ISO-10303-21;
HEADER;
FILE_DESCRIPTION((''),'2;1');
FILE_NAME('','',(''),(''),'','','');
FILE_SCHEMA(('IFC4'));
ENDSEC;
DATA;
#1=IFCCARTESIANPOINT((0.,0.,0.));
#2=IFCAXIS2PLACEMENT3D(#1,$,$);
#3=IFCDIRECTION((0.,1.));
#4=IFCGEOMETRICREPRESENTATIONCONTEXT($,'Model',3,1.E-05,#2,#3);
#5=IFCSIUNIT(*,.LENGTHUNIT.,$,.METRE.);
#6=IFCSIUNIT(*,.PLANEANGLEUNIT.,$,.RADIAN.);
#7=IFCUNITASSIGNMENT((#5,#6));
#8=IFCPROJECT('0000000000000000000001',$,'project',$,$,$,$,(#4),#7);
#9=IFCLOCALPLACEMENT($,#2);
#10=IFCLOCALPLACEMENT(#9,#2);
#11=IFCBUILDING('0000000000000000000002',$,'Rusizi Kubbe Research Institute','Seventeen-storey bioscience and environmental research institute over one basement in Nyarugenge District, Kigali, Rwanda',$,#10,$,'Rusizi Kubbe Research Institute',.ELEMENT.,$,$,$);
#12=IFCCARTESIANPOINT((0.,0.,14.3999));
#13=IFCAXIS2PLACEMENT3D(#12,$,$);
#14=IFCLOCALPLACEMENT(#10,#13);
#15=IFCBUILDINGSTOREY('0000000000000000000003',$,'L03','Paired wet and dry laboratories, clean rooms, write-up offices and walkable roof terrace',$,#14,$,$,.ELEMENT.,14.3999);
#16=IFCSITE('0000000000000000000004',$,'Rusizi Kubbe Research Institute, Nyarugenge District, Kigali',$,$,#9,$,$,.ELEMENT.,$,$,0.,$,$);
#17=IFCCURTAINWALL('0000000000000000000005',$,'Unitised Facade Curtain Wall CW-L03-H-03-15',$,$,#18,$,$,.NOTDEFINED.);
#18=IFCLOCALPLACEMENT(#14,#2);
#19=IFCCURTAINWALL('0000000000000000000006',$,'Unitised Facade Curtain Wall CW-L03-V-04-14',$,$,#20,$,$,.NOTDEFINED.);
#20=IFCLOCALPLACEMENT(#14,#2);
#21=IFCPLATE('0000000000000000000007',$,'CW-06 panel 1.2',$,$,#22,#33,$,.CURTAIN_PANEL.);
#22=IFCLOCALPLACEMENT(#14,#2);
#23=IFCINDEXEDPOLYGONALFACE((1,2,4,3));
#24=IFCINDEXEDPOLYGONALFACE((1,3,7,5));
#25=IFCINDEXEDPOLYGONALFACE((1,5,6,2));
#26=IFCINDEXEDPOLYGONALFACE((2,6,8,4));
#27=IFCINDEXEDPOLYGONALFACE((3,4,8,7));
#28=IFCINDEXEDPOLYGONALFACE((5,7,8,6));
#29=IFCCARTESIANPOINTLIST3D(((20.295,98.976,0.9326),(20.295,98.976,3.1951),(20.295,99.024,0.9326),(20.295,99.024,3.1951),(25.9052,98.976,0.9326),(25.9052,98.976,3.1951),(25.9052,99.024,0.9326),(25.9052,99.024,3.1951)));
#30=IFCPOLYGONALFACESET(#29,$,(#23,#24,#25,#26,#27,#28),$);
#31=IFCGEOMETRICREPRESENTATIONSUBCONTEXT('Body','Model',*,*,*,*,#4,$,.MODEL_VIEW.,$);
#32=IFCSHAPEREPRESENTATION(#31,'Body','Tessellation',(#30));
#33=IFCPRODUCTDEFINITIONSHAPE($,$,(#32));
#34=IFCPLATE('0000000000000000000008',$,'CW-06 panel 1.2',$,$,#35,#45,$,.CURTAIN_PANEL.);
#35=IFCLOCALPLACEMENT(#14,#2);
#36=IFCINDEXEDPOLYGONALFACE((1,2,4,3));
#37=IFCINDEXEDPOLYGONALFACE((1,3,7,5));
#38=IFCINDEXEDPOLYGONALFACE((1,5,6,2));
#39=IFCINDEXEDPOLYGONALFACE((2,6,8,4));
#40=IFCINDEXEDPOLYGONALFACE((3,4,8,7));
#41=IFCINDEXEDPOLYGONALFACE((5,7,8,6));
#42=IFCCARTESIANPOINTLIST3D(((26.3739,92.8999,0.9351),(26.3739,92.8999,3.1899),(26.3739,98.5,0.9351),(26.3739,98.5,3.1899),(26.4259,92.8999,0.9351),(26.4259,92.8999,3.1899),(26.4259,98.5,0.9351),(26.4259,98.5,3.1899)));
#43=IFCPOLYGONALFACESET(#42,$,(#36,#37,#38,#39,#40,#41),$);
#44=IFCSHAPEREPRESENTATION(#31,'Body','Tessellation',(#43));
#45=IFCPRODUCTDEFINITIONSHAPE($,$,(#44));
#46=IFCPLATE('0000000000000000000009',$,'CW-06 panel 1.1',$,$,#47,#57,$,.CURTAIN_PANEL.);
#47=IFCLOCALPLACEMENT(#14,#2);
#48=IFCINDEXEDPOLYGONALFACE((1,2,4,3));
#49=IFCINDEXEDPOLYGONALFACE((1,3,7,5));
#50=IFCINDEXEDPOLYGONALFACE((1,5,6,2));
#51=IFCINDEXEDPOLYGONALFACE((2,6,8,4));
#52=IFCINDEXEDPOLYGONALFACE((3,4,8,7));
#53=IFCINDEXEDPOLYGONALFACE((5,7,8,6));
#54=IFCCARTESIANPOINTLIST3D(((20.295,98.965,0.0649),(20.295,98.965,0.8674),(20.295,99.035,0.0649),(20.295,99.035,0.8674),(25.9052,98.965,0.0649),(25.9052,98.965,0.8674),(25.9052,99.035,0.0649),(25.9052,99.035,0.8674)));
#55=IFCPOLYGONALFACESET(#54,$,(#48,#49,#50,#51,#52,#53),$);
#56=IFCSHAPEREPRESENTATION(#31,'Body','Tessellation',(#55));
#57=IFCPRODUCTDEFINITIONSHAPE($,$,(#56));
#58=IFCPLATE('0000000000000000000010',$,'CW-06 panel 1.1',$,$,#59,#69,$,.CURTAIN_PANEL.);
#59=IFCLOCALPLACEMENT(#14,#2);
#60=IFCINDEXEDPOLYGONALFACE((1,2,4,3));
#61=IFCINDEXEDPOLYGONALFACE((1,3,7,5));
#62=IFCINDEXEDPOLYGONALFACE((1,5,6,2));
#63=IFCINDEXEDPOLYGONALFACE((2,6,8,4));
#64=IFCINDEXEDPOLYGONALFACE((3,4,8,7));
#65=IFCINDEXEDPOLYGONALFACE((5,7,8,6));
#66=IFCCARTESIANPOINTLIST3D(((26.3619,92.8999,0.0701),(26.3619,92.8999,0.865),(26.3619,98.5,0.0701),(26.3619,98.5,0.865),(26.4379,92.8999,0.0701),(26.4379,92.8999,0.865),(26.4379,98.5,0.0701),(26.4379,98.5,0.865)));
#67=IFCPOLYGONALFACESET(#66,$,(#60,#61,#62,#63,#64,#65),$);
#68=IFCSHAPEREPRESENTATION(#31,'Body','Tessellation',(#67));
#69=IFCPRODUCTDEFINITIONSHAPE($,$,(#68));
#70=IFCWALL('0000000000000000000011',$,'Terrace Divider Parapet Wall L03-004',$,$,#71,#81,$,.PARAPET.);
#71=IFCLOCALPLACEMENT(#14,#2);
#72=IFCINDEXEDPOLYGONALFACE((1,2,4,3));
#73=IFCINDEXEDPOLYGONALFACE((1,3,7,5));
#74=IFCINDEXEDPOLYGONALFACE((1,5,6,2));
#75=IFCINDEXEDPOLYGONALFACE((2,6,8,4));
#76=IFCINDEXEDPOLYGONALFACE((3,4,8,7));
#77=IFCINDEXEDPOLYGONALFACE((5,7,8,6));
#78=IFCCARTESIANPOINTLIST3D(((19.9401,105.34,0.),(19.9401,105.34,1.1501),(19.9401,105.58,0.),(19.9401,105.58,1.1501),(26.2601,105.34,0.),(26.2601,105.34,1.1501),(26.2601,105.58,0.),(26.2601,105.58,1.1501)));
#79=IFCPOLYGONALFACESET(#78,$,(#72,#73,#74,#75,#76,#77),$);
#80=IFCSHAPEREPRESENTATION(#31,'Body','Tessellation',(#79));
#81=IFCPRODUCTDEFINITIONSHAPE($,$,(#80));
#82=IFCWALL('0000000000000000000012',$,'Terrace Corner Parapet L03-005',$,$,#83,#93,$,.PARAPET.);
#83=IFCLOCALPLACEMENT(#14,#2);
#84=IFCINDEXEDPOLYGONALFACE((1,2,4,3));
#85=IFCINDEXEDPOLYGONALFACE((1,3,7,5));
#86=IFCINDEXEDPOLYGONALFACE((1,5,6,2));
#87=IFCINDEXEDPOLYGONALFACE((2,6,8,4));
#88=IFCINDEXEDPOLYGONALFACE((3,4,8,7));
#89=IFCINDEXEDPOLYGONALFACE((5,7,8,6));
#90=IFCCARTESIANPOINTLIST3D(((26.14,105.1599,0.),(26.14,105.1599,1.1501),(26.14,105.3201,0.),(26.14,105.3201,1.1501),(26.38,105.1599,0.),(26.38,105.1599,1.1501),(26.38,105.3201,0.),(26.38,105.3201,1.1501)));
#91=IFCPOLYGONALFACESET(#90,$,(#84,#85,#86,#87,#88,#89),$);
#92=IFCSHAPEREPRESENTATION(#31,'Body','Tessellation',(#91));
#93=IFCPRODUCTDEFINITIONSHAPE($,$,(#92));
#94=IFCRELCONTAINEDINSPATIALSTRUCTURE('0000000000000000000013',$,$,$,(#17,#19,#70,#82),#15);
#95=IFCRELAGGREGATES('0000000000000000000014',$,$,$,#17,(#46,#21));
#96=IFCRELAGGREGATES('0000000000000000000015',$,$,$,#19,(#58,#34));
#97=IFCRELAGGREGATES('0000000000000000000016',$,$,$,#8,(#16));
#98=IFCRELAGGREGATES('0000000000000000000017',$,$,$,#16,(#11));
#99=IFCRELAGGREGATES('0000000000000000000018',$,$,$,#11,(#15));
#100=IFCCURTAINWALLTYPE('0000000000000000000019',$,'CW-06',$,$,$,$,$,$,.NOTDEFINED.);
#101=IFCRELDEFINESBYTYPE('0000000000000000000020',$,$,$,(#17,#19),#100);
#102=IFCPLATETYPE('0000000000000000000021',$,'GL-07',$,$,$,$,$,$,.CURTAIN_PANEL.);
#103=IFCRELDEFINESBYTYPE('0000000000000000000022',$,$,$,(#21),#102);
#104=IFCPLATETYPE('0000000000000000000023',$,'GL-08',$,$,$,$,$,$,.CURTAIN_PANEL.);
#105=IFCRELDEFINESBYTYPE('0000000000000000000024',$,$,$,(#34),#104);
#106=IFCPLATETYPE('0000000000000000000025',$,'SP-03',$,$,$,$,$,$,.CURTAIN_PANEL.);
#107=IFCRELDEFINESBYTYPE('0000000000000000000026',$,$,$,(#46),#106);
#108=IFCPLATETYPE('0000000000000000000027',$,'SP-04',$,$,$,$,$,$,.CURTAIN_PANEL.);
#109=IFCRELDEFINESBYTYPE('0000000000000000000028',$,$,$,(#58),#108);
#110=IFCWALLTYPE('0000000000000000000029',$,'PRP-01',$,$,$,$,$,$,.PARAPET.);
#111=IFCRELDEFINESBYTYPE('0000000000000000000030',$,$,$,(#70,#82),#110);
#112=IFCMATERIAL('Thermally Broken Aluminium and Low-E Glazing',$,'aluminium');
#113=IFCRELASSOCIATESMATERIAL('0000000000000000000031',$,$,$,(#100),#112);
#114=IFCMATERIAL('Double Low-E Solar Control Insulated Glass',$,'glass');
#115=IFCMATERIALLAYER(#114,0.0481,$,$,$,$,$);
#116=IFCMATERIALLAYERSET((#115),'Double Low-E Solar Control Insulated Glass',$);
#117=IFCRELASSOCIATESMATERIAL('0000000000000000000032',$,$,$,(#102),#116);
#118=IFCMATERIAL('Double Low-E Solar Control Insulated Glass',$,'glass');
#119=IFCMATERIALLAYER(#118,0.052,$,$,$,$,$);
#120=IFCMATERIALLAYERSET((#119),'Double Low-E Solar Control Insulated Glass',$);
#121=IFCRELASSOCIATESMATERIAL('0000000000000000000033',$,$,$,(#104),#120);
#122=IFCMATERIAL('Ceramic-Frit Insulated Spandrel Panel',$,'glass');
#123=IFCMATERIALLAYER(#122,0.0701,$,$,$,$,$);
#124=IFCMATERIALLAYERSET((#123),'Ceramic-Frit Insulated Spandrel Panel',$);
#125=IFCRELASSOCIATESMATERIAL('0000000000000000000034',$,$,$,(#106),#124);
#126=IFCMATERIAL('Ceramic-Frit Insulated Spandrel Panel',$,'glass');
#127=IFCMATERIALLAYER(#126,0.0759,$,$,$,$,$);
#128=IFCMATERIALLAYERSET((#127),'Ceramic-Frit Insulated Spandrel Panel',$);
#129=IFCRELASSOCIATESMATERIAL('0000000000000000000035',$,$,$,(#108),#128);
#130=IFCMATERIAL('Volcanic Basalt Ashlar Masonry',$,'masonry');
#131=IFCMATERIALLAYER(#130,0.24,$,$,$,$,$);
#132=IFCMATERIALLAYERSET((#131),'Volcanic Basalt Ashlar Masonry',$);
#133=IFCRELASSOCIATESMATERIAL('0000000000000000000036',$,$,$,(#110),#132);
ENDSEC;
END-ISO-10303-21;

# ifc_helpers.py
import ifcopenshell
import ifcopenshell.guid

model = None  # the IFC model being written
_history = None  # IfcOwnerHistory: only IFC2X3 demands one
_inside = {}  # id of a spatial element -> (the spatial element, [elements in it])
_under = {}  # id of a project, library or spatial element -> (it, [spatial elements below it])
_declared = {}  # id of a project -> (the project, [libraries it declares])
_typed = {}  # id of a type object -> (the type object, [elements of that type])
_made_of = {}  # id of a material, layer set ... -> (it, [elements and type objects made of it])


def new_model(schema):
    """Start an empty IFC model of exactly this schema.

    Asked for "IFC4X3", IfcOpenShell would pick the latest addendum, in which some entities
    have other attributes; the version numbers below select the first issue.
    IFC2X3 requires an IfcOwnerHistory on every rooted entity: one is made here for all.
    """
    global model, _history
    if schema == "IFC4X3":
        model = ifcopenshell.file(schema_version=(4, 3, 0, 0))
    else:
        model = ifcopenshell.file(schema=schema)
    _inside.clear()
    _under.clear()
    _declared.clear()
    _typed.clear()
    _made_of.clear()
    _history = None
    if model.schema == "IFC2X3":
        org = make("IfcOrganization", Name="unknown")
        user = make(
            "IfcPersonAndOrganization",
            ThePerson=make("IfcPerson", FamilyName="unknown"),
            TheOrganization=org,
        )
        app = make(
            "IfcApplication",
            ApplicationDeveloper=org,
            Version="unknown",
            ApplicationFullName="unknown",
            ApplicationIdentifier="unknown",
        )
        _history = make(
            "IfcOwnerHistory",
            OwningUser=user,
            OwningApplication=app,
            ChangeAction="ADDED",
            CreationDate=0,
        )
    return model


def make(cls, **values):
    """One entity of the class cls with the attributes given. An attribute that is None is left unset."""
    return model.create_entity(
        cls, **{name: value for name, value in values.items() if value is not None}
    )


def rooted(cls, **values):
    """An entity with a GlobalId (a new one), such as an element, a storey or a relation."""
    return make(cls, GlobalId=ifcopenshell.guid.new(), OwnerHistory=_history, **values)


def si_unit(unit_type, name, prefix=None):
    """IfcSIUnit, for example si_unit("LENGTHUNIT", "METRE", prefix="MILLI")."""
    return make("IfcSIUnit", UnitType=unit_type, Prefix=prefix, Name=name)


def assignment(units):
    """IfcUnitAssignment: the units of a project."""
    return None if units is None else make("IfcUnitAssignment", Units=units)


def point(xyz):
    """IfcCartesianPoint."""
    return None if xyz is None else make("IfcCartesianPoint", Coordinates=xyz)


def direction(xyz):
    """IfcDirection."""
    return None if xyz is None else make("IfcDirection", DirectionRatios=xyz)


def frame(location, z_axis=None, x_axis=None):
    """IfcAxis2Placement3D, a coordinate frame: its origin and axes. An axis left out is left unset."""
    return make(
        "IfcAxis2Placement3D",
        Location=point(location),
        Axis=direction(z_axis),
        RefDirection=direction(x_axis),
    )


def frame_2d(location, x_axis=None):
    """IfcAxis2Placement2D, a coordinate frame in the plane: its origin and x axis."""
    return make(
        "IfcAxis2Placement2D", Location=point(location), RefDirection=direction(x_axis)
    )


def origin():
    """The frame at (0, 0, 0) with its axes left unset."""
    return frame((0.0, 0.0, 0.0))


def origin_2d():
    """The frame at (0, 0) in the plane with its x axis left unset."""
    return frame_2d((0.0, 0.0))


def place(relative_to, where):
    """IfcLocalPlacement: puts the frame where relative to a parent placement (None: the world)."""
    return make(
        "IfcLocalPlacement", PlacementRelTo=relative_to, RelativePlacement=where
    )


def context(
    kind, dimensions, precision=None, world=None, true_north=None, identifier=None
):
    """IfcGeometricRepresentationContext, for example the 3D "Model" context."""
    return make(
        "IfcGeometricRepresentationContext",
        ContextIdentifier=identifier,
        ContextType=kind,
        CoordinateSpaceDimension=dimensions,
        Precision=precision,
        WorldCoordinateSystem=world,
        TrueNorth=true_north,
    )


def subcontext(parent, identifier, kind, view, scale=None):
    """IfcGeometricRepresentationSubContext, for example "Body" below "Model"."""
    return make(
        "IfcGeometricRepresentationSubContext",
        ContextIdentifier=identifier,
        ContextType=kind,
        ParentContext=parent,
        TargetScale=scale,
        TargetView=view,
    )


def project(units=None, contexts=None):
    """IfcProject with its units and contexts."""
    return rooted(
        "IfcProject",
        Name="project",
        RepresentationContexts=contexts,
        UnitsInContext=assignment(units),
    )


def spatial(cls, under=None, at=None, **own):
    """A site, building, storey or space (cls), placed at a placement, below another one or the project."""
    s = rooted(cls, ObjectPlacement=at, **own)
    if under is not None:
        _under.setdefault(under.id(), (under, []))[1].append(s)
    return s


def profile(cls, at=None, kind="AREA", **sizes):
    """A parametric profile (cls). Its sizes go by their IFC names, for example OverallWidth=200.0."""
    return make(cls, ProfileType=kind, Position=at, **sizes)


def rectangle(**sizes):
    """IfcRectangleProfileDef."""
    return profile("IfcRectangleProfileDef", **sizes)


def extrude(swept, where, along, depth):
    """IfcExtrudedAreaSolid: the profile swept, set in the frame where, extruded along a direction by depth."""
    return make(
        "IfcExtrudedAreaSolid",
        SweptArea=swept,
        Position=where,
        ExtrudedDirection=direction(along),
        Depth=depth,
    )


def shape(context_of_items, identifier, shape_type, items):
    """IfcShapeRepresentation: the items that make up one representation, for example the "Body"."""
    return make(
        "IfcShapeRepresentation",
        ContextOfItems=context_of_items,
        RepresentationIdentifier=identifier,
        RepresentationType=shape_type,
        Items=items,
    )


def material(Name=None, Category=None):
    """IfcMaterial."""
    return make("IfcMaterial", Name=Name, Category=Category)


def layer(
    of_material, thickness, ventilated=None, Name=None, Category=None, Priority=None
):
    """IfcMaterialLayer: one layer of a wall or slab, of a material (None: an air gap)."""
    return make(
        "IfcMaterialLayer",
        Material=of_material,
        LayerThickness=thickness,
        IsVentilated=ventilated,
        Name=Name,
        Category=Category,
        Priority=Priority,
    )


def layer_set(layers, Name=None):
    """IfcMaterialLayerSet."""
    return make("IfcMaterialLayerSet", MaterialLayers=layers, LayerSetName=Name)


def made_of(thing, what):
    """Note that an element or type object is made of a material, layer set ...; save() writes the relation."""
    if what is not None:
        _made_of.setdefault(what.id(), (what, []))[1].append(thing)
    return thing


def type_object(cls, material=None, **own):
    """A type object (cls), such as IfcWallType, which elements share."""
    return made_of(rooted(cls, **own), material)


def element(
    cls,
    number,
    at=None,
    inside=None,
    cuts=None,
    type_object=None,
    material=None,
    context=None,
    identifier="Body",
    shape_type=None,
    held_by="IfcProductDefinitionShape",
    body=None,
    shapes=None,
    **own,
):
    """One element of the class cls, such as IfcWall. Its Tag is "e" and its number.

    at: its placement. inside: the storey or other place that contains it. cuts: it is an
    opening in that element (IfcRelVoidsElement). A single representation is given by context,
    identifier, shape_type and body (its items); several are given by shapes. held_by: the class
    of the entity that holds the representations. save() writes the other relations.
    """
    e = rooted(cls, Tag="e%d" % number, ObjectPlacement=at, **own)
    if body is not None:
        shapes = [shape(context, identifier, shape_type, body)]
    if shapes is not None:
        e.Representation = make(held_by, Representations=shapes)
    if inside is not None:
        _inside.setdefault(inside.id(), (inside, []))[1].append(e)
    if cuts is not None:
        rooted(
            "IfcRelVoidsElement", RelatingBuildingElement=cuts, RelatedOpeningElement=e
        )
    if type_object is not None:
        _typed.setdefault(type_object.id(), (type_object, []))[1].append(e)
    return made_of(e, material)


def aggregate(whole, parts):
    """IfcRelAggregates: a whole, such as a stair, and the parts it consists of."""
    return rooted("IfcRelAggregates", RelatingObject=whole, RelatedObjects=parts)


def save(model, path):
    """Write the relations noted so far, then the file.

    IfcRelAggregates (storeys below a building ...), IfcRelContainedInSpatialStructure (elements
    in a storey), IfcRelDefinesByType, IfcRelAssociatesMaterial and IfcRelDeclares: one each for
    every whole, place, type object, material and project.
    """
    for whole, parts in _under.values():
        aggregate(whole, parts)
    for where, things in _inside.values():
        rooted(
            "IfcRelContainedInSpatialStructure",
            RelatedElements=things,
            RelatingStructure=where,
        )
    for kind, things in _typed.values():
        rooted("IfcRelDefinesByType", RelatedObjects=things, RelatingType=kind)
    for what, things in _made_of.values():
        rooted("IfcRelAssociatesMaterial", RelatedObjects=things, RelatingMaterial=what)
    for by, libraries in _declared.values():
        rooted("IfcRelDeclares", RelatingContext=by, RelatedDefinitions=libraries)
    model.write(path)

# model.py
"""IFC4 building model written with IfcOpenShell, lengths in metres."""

from ifc_helpers import new_model, si_unit, direction, frame, frame_2d, origin, origin_2d, place, context, subcontext, project, spatial, rectangle, extrude, material, layer, layer_set, type_object, element, aggregate, save


model = new_model("IFC4")

# Units and contexts
model_context = context("Model", 3, precision=1e-05, world=origin(), true_north=direction((0.0, 1.0)))
body_context = subcontext(model_context, "Body", "Model", "MODEL_VIEW")
ifc_project = project(units=[si_unit("LENGTHUNIT", "METRE"), si_unit("PLANEANGLEUNIT", "RADIAN")], contexts=[model_context])

# Site, building, storey
site_placement = place(None, origin())
site = spatial("IfcSite", under=ifc_project, at=site_placement, Name="Rusizi Kubbe Research Institute, Nyarugenge District, Kigali", CompositionType="ELEMENT", RefElevation=0.0)
building_placement = place(site_placement, origin())
building = spatial("IfcBuilding", under=site, at=building_placement, Name="Rusizi Kubbe Research Institute", Description="Seventeen-storey bioscience and environmental research institute over one basement in Nyarugenge District, Kigali, Rwanda", LongName="Rusizi Kubbe Research Institute", CompositionType="ELEMENT")
storey_placement = place(building_placement, frame((0.0, 0.0, 14.3999)))
storey = spatial("IfcBuildingStorey", under=building, at=storey_placement, Name="L03", Description="Paired wet and dry laboratories, clean rooms, write-up offices and walkable roof terrace", CompositionType="ELEMENT", Elevation=14.3999)

# Curtain wall
ifc_material_1 = material(Name="Thermally Broken Aluminium and Low-E Glazing", Category="aluminium")
curtain_wall_type = type_object("IfcCurtainWallType", Name="CW-06", PredefinedType="NOTDEFINED", material=ifc_material_1)
curtain_wall_1_placement = place(storey_placement, origin())
curtain_wall_1 = element("IfcCurtainWall", 1, at=curtain_wall_1_placement, inside=storey, type_object=curtain_wall_type, Name="Unitised Facade Curtain Wall CW-L03-H-03-15", PredefinedType="NOTDEFINED")

# Curtain wall
curtain_wall_2_placement = place(storey_placement, origin())
curtain_wall_2 = element("IfcCurtainWall", 2, at=curtain_wall_2_placement, inside=storey, type_object=curtain_wall_type, Name="Unitised Facade Curtain Wall CW-L03-V-04-14", PredefinedType="NOTDEFINED")

# Plates
ifc_material_2 = material(Name="Double Low-E Solar Control Insulated Glass", Category="glass")
ifc_layer_1 = layer(ifc_material_2, 0.0481)
ifc_layer_set_1 = layer_set([ifc_layer_1], Name="Double Low-E Solar Control Insulated Glass")
plate_type_1 = type_object("IfcPlateType", Name="GL-07", PredefinedType="CURTAIN_PANEL", material=ifc_layer_set_1)
plate_1_placement = place(storey_placement, frame((23.1001, 99.0, 0.9326), z_axis=(0.0, 0.0, 1.0), x_axis=(1.0, 0.0, 0.0)))
plate_1 = element("IfcPlate", 3, at=plate_1_placement, type_object=plate_type_1, Name="CW-06 panel 1.2", PredefinedType="CURTAIN_PANEL", context=body_context, shape_type="SweptSolid", body=[
    extrude(rectangle(XDim=5.6101, YDim=0.0481, at=origin_2d()), origin(), (0.0, 0.0, 1.0), 2.2625),
])
ifc_material_3 = material(Name="Double Low-E Solar Control Insulated Glass", Category="glass")
ifc_layer_2 = layer(ifc_material_3, 0.052)
ifc_layer_set_2 = layer_set([ifc_layer_2], Name="Double Low-E Solar Control Insulated Glass")
plate_type_2 = type_object("IfcPlateType", Name="GL-08", PredefinedType="CURTAIN_PANEL", material=ifc_layer_set_2)
plate_2_placement = place(storey_placement, frame((26.3999, 95.7, 0.9351), z_axis=(0.0, 0.0, 1.0), x_axis=(0.0, 1.0, 0.0)))
plate_2 = element("IfcPlate", 4, at=plate_2_placement, type_object=plate_type_2, Name="CW-06 panel 1.2", PredefinedType="CURTAIN_PANEL", context=body_context, shape_type="SweptSolid", body=[
    extrude(rectangle(XDim=5.6001, YDim=0.052, at=origin_2d()), origin(), (0.0, 0.0, 1.0), 2.2549),
])
ifc_material_4 = material(Name="Ceramic-Frit Insulated Spandrel Panel", Category="glass")
ifc_layer_3 = layer(ifc_material_4, 0.0701)
ifc_layer_set_3 = layer_set([ifc_layer_3], Name="Ceramic-Frit Insulated Spandrel Panel")
plate_type_3 = type_object("IfcPlateType", Name="SP-03", PredefinedType="CURTAIN_PANEL", material=ifc_layer_set_3)
plate_3_placement = place(storey_placement, frame((23.1001, 99.0, 0.0649), z_axis=(0.0, 0.0, 1.0), x_axis=(1.0, 0.0, 0.0)))
plate_3 = element("IfcPlate", 5, at=plate_3_placement, type_object=plate_type_3, Name="CW-06 panel 1.1", PredefinedType="CURTAIN_PANEL", context=body_context, shape_type="SweptSolid", body=[
    extrude(rectangle(XDim=5.6101, YDim=0.0701, at=origin_2d()), origin(), (0.0, 0.0, 1.0), 0.8025),
])
aggregate(curtain_wall_1, [plate_3, plate_1])
ifc_material_5 = material(Name="Ceramic-Frit Insulated Spandrel Panel", Category="glass")
ifc_layer_4 = layer(ifc_material_5, 0.0759)
ifc_layer_set_4 = layer_set([ifc_layer_4], Name="Ceramic-Frit Insulated Spandrel Panel")
plate_type_4 = type_object("IfcPlateType", Name="SP-04", PredefinedType="CURTAIN_PANEL", material=ifc_layer_set_4)
plate_4_placement = place(storey_placement, frame((26.3999, 95.7, 0.0701), z_axis=(0.0, 0.0, 1.0), x_axis=(0.0, 1.0, 0.0)))
plate_4 = element("IfcPlate", 6, at=plate_4_placement, type_object=plate_type_4, Name="CW-06 panel 1.1", PredefinedType="CURTAIN_PANEL", context=body_context, shape_type="SweptSolid", body=[
    extrude(rectangle(XDim=5.6001, YDim=0.0759, at=origin_2d()), origin(), (0.0, 0.0, 1.0), 0.7949),
])
aggregate(curtain_wall_2, [plate_4, plate_2])

# Walls
ifc_material_6 = material(Name="Volcanic Basalt Ashlar Masonry", Category="masonry")
ifc_layer_5 = layer(ifc_material_6, 0.24)
ifc_layer_set_5 = layer_set([ifc_layer_5], Name="Volcanic Basalt Ashlar Masonry")
wall_type = type_object("IfcWallType", Name="PRP-01", PredefinedType="PARAPET", material=ifc_layer_set_5)
wall_1_placement = place(storey_placement, frame((19.9399, 105.46, 0.0), z_axis=(0.0, 0.0, 1.0), x_axis=(1.0, 0.0, 0.0)))
element("IfcWall", 7, at=wall_1_placement, inside=storey, type_object=wall_type, Name="Terrace Divider Parapet Wall L03-004", PredefinedType="PARAPET", context=body_context, shape_type="SweptSolid", body=[
    extrude(rectangle(XDim=6.3201, YDim=0.24, at=frame_2d((3.1602, 0.0))), origin(), (0.0, 0.0, 1.0), 1.1501),
])
wall_2_placement = place(storey_placement, frame((26.26, 105.1599, 0.0), z_axis=(0.0, 0.0, 1.0), x_axis=(0.0, 1.0, 0.0)))
element("IfcWall", 8, at=wall_2_placement, inside=storey, type_object=wall_type, Name="Terrace Corner Parapet L03-005", PredefinedType="PARAPET", context=body_context, shape_type="SweptSolid", body=[
    extrude(rectangle(XDim=0.1602, YDim=0.24, at=frame_2d((0.0801, 0.0))), origin(), (0.0, 0.0, 1.0), 1.1501),
])

save(model, "model.ifc")
